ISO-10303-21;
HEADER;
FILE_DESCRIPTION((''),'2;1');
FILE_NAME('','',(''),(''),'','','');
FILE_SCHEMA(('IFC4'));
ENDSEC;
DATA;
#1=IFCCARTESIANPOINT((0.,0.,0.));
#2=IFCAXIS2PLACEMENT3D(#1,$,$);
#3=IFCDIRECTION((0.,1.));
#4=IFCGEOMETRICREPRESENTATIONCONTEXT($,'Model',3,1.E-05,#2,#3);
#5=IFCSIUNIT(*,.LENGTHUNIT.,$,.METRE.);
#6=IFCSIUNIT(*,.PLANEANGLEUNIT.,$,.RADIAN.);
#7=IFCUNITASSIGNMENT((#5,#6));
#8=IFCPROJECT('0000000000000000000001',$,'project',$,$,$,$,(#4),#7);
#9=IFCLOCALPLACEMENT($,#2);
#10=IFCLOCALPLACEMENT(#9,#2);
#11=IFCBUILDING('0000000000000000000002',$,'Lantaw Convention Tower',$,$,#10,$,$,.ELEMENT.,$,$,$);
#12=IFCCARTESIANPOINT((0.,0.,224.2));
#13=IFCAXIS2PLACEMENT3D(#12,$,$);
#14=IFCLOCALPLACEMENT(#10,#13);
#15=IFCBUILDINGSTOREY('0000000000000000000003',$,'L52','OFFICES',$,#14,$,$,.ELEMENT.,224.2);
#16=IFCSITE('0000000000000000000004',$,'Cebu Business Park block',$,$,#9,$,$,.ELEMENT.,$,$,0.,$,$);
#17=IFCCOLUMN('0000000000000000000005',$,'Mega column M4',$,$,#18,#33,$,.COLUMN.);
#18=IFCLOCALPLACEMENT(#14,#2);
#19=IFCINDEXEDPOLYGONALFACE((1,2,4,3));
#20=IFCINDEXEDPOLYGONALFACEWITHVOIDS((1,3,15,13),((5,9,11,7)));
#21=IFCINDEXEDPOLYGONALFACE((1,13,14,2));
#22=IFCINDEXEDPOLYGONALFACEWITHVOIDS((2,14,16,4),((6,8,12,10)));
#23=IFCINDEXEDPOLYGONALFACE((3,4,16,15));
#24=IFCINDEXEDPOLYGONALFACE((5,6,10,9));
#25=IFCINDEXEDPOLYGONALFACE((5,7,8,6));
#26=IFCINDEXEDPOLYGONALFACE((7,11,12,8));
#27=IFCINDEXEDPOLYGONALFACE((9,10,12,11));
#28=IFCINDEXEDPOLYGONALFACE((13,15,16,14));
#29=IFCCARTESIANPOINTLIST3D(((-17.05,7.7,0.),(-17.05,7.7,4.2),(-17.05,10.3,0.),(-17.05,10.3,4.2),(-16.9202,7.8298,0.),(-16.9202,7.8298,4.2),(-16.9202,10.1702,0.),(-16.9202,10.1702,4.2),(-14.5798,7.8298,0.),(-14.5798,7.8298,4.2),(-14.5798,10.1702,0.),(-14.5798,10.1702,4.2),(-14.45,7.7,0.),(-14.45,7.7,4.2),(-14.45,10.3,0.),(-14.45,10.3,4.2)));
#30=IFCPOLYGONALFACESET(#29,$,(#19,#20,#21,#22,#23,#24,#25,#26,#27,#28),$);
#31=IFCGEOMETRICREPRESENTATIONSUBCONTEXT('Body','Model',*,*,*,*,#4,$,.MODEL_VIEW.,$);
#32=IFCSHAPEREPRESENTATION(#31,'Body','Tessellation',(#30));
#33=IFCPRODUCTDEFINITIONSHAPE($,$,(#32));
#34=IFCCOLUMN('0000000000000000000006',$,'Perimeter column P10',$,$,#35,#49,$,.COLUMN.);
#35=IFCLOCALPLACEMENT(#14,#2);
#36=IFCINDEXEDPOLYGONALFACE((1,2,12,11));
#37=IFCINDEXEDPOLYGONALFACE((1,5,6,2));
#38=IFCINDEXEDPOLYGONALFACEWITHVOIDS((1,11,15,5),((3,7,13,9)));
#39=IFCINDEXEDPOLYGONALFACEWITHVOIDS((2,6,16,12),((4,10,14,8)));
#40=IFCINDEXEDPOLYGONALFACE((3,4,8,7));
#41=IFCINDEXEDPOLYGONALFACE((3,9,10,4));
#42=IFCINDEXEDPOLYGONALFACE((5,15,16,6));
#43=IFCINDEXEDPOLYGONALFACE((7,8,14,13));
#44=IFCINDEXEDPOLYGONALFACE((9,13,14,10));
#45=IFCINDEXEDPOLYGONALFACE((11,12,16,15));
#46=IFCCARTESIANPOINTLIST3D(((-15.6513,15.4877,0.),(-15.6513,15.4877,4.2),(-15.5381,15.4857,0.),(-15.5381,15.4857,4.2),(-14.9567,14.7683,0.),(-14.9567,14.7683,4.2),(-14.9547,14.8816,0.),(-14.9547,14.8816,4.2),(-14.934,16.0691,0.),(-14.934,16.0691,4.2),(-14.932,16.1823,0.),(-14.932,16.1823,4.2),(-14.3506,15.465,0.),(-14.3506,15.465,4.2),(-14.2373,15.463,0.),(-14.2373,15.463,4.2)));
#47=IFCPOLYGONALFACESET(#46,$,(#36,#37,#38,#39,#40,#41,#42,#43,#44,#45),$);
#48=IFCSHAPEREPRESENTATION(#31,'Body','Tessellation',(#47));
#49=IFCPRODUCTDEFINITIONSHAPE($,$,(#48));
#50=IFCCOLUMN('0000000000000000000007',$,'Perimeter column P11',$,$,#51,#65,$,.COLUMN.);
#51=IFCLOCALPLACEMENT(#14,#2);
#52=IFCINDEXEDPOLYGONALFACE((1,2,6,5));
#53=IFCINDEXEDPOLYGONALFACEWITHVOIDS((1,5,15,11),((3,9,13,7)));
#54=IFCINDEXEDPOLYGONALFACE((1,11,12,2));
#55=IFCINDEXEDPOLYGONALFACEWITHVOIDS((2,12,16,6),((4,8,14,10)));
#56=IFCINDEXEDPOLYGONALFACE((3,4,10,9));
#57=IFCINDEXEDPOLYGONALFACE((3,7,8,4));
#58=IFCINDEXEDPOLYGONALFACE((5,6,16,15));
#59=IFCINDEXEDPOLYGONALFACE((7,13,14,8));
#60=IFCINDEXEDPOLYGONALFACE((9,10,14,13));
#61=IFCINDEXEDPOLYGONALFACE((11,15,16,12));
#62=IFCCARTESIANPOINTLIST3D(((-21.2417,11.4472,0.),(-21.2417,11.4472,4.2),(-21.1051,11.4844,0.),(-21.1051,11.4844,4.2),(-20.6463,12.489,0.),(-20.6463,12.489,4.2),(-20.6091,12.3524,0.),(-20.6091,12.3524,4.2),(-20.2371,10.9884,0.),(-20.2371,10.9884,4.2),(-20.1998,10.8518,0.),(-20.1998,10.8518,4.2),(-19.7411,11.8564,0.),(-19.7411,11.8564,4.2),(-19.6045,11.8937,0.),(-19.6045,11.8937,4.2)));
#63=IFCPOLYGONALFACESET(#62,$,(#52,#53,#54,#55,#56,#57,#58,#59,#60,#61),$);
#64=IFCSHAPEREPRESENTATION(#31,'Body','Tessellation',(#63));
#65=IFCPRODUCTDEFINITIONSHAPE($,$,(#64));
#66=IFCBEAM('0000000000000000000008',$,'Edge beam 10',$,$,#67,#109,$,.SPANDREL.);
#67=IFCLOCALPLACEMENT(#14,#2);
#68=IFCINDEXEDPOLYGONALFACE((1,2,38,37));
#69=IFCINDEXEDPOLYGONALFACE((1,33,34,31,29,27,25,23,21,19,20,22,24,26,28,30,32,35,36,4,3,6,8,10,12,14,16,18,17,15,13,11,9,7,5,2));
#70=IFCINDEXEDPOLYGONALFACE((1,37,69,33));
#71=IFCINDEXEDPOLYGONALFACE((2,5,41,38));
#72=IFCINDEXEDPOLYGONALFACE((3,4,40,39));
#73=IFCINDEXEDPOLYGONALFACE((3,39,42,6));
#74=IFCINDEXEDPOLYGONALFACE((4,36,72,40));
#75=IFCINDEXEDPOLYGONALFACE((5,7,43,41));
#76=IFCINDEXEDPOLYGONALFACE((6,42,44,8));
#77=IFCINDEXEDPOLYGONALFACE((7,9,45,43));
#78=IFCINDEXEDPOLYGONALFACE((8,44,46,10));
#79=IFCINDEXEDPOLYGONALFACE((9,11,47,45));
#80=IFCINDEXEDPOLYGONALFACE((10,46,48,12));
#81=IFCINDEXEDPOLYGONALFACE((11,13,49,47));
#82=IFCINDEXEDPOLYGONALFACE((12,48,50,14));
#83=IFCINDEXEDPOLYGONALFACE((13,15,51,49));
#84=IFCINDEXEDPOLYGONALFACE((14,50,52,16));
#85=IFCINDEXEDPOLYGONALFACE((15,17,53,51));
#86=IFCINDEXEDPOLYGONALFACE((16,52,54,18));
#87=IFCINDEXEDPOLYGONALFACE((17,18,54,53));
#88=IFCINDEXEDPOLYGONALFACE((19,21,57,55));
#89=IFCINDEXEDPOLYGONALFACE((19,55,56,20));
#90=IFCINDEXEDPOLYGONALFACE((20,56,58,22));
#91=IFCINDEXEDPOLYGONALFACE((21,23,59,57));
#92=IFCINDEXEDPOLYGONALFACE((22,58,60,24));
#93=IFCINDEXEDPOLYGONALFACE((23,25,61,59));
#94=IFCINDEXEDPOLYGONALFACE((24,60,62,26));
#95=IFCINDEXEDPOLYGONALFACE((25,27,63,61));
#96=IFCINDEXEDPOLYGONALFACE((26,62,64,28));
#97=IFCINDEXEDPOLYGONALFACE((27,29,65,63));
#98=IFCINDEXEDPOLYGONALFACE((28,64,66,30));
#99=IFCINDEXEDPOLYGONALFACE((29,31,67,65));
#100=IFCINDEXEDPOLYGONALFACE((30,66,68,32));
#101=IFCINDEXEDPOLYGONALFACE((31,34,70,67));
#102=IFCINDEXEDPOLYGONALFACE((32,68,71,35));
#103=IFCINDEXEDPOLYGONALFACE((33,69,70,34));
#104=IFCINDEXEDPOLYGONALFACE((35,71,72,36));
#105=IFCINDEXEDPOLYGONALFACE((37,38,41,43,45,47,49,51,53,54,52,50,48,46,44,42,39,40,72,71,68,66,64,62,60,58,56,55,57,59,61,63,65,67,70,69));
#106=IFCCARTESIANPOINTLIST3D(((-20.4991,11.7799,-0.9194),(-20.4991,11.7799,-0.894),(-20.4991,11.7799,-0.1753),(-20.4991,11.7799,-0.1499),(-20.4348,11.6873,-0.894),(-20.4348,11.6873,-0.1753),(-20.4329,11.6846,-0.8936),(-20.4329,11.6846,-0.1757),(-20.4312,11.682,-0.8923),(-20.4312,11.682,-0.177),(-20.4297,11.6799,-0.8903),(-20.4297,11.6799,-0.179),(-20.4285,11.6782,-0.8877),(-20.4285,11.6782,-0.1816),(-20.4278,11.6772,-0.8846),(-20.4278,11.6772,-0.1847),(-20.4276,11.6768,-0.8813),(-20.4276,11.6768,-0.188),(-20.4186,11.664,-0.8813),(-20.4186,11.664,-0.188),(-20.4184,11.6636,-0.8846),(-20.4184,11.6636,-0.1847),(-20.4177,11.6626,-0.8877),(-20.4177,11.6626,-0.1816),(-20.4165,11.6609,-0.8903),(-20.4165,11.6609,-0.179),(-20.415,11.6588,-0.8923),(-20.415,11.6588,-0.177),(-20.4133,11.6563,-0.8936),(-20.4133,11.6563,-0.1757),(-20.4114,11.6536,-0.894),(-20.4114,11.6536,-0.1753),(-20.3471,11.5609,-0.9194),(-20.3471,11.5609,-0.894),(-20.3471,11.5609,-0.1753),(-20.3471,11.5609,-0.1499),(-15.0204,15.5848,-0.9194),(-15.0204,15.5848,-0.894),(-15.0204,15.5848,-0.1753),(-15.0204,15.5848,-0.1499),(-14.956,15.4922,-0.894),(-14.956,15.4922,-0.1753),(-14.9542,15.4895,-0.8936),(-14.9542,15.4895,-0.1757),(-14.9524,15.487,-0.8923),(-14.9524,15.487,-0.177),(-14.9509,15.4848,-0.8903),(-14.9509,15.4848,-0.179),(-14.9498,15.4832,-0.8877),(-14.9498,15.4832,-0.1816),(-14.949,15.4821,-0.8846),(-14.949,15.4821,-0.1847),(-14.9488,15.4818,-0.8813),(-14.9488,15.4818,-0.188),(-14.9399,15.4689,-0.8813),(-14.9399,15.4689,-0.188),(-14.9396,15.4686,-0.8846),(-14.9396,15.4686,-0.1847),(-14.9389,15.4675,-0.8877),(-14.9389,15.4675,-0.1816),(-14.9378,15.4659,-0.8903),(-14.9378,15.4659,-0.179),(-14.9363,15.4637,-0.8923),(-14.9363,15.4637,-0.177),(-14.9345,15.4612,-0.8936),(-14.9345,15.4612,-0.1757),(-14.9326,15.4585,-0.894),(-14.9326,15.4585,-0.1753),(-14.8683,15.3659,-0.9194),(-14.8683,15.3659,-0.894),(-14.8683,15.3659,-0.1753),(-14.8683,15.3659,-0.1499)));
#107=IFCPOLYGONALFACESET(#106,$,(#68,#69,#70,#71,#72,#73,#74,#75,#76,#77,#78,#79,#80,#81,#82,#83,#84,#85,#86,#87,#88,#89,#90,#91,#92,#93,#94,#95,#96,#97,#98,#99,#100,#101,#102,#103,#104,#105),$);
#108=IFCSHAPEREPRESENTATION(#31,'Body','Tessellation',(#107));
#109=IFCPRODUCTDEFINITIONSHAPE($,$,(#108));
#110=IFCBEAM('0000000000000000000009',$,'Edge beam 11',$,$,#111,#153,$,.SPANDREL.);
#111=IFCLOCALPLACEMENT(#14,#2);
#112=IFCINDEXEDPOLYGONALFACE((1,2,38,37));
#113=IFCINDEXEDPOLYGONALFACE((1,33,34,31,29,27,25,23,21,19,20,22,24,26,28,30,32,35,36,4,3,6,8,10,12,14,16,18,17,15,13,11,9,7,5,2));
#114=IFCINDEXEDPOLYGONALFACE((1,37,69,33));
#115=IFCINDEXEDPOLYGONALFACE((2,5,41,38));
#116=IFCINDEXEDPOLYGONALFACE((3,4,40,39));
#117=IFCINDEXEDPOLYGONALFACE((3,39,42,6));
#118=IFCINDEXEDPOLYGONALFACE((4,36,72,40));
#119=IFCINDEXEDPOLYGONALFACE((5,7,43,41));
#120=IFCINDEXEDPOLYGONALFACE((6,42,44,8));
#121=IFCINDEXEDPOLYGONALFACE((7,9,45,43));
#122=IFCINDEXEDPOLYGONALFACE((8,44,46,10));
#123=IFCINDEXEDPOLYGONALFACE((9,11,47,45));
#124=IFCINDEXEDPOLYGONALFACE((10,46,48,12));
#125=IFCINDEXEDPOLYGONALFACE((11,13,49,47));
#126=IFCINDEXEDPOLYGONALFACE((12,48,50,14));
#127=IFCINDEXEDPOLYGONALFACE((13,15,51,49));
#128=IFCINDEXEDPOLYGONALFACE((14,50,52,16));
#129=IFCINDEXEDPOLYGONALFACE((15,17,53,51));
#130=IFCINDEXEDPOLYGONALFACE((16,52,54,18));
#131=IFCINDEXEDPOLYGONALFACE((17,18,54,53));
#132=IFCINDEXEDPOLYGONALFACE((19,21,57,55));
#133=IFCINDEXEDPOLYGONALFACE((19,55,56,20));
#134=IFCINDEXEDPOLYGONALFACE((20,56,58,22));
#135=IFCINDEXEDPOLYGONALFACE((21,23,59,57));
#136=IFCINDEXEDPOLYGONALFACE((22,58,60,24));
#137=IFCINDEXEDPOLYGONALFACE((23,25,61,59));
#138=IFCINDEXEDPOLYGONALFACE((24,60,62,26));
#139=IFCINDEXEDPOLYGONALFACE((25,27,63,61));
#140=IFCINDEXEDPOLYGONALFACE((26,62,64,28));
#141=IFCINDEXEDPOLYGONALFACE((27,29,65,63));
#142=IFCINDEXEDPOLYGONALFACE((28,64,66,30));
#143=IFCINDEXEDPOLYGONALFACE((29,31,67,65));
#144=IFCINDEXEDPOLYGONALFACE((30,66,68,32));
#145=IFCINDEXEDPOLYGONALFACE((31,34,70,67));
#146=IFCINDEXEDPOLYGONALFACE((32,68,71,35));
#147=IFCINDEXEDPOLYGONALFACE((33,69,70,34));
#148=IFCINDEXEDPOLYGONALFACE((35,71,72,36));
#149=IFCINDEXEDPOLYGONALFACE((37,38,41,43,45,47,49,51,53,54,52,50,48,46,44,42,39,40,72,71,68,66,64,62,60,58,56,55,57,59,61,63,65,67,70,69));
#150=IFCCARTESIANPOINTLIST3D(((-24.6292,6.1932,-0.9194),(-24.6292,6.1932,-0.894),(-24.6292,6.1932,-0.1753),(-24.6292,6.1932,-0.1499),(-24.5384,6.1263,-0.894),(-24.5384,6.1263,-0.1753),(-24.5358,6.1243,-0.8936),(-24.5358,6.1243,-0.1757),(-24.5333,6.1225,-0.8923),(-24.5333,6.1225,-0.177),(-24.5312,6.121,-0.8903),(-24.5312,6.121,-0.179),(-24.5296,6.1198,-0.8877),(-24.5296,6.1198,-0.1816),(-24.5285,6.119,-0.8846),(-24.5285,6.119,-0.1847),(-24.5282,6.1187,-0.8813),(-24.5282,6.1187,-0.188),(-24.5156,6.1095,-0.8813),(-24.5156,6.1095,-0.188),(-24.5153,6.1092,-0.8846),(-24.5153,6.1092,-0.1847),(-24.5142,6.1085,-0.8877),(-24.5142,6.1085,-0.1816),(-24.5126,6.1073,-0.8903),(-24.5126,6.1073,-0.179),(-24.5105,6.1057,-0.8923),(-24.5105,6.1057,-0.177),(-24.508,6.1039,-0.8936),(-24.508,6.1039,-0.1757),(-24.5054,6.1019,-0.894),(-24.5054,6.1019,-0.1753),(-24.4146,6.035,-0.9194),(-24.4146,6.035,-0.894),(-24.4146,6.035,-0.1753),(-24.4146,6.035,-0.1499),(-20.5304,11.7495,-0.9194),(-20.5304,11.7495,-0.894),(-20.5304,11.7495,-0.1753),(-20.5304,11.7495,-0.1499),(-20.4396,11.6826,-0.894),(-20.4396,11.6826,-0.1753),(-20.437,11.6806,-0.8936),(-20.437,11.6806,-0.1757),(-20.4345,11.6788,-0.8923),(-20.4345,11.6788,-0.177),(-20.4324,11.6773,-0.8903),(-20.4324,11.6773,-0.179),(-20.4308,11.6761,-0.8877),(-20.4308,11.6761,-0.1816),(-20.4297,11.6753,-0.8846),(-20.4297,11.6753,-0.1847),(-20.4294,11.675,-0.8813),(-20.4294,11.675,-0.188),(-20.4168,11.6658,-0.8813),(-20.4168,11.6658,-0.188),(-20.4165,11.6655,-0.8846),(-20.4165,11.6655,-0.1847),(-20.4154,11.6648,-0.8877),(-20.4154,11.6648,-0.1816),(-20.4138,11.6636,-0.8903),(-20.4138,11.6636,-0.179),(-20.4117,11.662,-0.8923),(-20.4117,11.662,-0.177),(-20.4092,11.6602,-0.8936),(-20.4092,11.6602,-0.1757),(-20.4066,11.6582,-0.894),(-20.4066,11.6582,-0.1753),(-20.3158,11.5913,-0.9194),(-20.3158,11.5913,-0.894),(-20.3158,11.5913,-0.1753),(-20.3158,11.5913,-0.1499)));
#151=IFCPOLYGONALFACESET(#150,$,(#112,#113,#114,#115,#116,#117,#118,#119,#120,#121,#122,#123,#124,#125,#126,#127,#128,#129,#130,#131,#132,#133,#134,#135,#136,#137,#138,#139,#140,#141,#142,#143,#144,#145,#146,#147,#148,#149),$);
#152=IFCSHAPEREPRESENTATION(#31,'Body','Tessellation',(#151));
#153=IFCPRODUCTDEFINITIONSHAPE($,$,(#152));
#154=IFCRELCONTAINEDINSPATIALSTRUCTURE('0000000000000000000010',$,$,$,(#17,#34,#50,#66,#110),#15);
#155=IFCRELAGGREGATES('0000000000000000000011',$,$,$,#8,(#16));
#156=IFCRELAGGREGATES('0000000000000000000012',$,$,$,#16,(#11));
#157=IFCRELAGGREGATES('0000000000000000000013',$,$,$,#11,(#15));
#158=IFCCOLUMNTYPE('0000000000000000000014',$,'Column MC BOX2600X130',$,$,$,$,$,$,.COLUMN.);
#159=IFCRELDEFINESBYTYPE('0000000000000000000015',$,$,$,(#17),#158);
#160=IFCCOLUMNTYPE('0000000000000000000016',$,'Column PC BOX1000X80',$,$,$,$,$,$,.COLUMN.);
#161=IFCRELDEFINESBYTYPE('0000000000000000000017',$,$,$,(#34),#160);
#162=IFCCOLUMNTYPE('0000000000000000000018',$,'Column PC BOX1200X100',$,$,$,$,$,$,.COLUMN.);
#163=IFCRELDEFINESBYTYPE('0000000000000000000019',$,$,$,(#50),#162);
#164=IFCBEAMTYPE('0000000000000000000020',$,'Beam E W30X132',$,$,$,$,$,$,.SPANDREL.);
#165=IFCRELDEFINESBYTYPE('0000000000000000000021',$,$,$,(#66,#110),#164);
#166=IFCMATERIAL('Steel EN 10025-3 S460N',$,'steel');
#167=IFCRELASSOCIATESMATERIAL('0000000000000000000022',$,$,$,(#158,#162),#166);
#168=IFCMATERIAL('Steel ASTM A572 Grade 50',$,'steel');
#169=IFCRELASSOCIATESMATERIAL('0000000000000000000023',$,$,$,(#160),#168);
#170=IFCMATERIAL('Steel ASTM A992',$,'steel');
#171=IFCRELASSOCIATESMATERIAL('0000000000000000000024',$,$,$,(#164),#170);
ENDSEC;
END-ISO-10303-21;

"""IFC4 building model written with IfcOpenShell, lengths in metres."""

from ifc_helpers import new_model, si_unit, direction, frame, origin, origin_2d, place, context, subcontext, project, spatial, rectangle, hollow_rectangle, i_section, extrude, material, material_profile, profile_set, type_object, element, save


model = new_model("IFC4")

# Units and contexts
model_context = context("Model", 3, precision=1e-05, world=origin(), true_north=direction((0.0, 1.0)))
body_context = subcontext(model_context, "Body", "Model", "MODEL_VIEW")
ifc_project = project(units=[si_unit("LENGTHUNIT", "METRE"), si_unit("PLANEANGLEUNIT", "RADIAN")], contexts=[model_context])

# Site, building, storey
site_placement = place(None, origin())
site = spatial("IfcSite", under=ifc_project, at=site_placement, Name="Cebu Business Park block", CompositionType="ELEMENT", RefElevation=0.0)
building_placement = place(site_placement, origin())
building = spatial("IfcBuilding", under=site, at=building_placement, Name="Lantaw Convention Tower", CompositionType="ELEMENT")
storey_placement = place(building_placement, frame((0.0, 0.0, 224.2)))
storey = spatial("IfcBuildingStorey", under=building, at=storey_placement, Name="L52", Description="OFFICES", CompositionType="ELEMENT", Elevation=224.2)

# Columns
ifc_material_1 = material(Name="Steel EN 10025-3 S460N", Category="steel")
ifc_material_profile_1 = material_profile(ifc_material_1, hollow_rectangle(XDim=2.6001, YDim=2.6001, WallThickness=0.1299, at=origin_2d()), Name="BOX2600X130")
ifc_material_2 = material(Name="Concrete C60/75", Category="concrete")
ifc_material_profile_2 = material_profile(ifc_material_2, rectangle(XDim=2.3401, YDim=2.3401, at=origin_2d()), Name="Concrete fill of BOX2600X130")
ifc_profile_set_1 = profile_set([ifc_material_profile_1, ifc_material_profile_2], Name="Steel EN 10025-3 S460N")
column_type_1 = type_object("IfcColumnType", Name="Column MC BOX2600X130", PredefinedType="COLUMN", material=ifc_profile_set_1)
column_1_placement = place(storey_placement, frame((-15.75, 9.0, 0.0), z_axis=(0.0, 0.0, 1.0), x_axis=(1.0, 0.0, 0.0)))
element("IfcColumn", 1, at=column_1_placement, inside=storey, type_object=column_type_1, Name="Mega column M4", PredefinedType="COLUMN", context=body_context, shape_type="SweptSolid", body=[
    extrude(hollow_rectangle(XDim=2.6001, YDim=2.6001, WallThickness=0.1299, at=origin_2d()), origin(), (0.0, 0.0, 1.0), 4.2),
])
ifc_material_3 = material(Name="Steel ASTM A572 Grade 50", Category="steel")
ifc_material_profile_3 = material_profile(ifc_material_3, hollow_rectangle(XDim=1.0, YDim=1.0, WallThickness=0.0801, at=origin_2d()), Name="BOX1000X80")
ifc_material_profile_4 = material_profile(ifc_material_2, rectangle(XDim=0.8401, YDim=0.8401, at=origin_2d()), Name="Concrete fill of BOX1000X80")
ifc_profile_set_2 = profile_set([ifc_material_profile_3, ifc_material_profile_4], Name="Steel ASTM A572 Grade 50")
column_type_2 = type_object("IfcColumnType", Name="Column PC BOX1000X80", PredefinedType="COLUMN", material=ifc_profile_set_2)
column_2_placement = place(storey_placement, frame((-14.9443, 15.4753, 0.0), z_axis=(0.0, 0.0, 1.0), x_axis=(0.71934, 0.694658, 0.0)))
element("IfcColumn", 2, at=column_2_placement, inside=storey, type_object=column_type_2, Name="Perimeter column P10", PredefinedType="COLUMN", context=body_context, shape_type="SweptSolid", body=[
    extrude(hollow_rectangle(XDim=1.0, YDim=1.0, WallThickness=0.0801, at=origin_2d()), origin(), (0.0, 0.0, 1.0), 4.2),
])
ifc_material_profile_5 = material_profile(ifc_material_1, hollow_rectangle(XDim=1.2, YDim=1.2, WallThickness=0.1001, at=origin_2d()), Name="BOX1200X100")
ifc_material_profile_6 = material_profile(ifc_material_2, rectangle(XDim=1.0, YDim=1.0, at=origin_2d()), Name="Concrete fill of BOX1200X100")
ifc_profile_set_3 = profile_set([ifc_material_profile_5, ifc_material_profile_6], Name="Steel EN 10025-3 S460N")
column_type_3 = type_object("IfcColumnType", Name="Column PC BOX1200X100", PredefinedType="COLUMN", material=ifc_profile_set_3)
column_3_placement = place(storey_placement, frame((-20.4231, 11.6704, 0.0), z_axis=(0.0, 0.0, 1.0), x_axis=(0.496139, 0.868243, 0.0)))
element("IfcColumn", 3, at=column_3_placement, inside=storey, type_object=column_type_3, Name="Perimeter column P11", PredefinedType="COLUMN", context=body_context, shape_type="SweptSolid", body=[
    extrude(hollow_rectangle(XDim=1.2, YDim=1.2, WallThickness=0.1001, at=origin_2d()), origin(), (0.0, 0.0, 1.0), 4.2),
])

# Beams
ifc_material_4 = material(Name="Steel ASTM A992", Category="steel")
ifc_material_profile_7 = material_profile(ifc_material_4, i_section(OverallWidth=0.2666, OverallDepth=0.7695, WebThickness=0.0156, FlangeThickness=0.0254, FilletRadius=0.0127, at=origin_2d()), Name="W30X132")
ifc_profile_set_4 = profile_set([ifc_material_profile_7], Name="Steel ASTM A992")
beam_type_1 = type_object("IfcBeamType", Name="Beam E W30X132", PredefinedType="SPANDREL", material=ifc_profile_set_4)
beam_1_placement = place(storey_placement, frame((-14.9443, 15.4753, -0.5347), z_axis=(-0.821353, -0.57042, 0.0), x_axis=(0.57042, -0.821353, 0.0)))
element("IfcBeam", 4, at=beam_1_placement, inside=storey, type_object=beam_type_1, Name="Edge beam 10", PredefinedType="SPANDREL", context=body_context, shape_type="SweptSolid", body=[
    extrude(i_section(OverallWidth=0.2666, OverallDepth=0.7695, WebThickness=0.0156, FlangeThickness=0.0254, FilletRadius=0.0127, at=origin_2d()), origin(), (0.0, 0.0, 1.0), 6.6704),
])
beam_2_placement = place(storey_placement, frame((-20.4231, 11.6704, -0.5347), z_axis=(-0.593639, -0.804731, 0.0), x_axis=(0.804731, -0.593639, 0.0)))
element("IfcBeam", 5, at=beam_2_placement, inside=storey, type_object=beam_type_1, Name="Edge beam 11", PredefinedType="SPANDREL", context=body_context, shape_type="SweptSolid", body=[
    extrude(i_section(OverallWidth=0.2666, OverallDepth=0.7695, WebThickness=0.0156, FlangeThickness=0.0254, FilletRadius=0.0127, at=origin_2d()), origin(), (0.0, 0.0, 1.0), 6.9045),
])

save(model, "model.ifc")
